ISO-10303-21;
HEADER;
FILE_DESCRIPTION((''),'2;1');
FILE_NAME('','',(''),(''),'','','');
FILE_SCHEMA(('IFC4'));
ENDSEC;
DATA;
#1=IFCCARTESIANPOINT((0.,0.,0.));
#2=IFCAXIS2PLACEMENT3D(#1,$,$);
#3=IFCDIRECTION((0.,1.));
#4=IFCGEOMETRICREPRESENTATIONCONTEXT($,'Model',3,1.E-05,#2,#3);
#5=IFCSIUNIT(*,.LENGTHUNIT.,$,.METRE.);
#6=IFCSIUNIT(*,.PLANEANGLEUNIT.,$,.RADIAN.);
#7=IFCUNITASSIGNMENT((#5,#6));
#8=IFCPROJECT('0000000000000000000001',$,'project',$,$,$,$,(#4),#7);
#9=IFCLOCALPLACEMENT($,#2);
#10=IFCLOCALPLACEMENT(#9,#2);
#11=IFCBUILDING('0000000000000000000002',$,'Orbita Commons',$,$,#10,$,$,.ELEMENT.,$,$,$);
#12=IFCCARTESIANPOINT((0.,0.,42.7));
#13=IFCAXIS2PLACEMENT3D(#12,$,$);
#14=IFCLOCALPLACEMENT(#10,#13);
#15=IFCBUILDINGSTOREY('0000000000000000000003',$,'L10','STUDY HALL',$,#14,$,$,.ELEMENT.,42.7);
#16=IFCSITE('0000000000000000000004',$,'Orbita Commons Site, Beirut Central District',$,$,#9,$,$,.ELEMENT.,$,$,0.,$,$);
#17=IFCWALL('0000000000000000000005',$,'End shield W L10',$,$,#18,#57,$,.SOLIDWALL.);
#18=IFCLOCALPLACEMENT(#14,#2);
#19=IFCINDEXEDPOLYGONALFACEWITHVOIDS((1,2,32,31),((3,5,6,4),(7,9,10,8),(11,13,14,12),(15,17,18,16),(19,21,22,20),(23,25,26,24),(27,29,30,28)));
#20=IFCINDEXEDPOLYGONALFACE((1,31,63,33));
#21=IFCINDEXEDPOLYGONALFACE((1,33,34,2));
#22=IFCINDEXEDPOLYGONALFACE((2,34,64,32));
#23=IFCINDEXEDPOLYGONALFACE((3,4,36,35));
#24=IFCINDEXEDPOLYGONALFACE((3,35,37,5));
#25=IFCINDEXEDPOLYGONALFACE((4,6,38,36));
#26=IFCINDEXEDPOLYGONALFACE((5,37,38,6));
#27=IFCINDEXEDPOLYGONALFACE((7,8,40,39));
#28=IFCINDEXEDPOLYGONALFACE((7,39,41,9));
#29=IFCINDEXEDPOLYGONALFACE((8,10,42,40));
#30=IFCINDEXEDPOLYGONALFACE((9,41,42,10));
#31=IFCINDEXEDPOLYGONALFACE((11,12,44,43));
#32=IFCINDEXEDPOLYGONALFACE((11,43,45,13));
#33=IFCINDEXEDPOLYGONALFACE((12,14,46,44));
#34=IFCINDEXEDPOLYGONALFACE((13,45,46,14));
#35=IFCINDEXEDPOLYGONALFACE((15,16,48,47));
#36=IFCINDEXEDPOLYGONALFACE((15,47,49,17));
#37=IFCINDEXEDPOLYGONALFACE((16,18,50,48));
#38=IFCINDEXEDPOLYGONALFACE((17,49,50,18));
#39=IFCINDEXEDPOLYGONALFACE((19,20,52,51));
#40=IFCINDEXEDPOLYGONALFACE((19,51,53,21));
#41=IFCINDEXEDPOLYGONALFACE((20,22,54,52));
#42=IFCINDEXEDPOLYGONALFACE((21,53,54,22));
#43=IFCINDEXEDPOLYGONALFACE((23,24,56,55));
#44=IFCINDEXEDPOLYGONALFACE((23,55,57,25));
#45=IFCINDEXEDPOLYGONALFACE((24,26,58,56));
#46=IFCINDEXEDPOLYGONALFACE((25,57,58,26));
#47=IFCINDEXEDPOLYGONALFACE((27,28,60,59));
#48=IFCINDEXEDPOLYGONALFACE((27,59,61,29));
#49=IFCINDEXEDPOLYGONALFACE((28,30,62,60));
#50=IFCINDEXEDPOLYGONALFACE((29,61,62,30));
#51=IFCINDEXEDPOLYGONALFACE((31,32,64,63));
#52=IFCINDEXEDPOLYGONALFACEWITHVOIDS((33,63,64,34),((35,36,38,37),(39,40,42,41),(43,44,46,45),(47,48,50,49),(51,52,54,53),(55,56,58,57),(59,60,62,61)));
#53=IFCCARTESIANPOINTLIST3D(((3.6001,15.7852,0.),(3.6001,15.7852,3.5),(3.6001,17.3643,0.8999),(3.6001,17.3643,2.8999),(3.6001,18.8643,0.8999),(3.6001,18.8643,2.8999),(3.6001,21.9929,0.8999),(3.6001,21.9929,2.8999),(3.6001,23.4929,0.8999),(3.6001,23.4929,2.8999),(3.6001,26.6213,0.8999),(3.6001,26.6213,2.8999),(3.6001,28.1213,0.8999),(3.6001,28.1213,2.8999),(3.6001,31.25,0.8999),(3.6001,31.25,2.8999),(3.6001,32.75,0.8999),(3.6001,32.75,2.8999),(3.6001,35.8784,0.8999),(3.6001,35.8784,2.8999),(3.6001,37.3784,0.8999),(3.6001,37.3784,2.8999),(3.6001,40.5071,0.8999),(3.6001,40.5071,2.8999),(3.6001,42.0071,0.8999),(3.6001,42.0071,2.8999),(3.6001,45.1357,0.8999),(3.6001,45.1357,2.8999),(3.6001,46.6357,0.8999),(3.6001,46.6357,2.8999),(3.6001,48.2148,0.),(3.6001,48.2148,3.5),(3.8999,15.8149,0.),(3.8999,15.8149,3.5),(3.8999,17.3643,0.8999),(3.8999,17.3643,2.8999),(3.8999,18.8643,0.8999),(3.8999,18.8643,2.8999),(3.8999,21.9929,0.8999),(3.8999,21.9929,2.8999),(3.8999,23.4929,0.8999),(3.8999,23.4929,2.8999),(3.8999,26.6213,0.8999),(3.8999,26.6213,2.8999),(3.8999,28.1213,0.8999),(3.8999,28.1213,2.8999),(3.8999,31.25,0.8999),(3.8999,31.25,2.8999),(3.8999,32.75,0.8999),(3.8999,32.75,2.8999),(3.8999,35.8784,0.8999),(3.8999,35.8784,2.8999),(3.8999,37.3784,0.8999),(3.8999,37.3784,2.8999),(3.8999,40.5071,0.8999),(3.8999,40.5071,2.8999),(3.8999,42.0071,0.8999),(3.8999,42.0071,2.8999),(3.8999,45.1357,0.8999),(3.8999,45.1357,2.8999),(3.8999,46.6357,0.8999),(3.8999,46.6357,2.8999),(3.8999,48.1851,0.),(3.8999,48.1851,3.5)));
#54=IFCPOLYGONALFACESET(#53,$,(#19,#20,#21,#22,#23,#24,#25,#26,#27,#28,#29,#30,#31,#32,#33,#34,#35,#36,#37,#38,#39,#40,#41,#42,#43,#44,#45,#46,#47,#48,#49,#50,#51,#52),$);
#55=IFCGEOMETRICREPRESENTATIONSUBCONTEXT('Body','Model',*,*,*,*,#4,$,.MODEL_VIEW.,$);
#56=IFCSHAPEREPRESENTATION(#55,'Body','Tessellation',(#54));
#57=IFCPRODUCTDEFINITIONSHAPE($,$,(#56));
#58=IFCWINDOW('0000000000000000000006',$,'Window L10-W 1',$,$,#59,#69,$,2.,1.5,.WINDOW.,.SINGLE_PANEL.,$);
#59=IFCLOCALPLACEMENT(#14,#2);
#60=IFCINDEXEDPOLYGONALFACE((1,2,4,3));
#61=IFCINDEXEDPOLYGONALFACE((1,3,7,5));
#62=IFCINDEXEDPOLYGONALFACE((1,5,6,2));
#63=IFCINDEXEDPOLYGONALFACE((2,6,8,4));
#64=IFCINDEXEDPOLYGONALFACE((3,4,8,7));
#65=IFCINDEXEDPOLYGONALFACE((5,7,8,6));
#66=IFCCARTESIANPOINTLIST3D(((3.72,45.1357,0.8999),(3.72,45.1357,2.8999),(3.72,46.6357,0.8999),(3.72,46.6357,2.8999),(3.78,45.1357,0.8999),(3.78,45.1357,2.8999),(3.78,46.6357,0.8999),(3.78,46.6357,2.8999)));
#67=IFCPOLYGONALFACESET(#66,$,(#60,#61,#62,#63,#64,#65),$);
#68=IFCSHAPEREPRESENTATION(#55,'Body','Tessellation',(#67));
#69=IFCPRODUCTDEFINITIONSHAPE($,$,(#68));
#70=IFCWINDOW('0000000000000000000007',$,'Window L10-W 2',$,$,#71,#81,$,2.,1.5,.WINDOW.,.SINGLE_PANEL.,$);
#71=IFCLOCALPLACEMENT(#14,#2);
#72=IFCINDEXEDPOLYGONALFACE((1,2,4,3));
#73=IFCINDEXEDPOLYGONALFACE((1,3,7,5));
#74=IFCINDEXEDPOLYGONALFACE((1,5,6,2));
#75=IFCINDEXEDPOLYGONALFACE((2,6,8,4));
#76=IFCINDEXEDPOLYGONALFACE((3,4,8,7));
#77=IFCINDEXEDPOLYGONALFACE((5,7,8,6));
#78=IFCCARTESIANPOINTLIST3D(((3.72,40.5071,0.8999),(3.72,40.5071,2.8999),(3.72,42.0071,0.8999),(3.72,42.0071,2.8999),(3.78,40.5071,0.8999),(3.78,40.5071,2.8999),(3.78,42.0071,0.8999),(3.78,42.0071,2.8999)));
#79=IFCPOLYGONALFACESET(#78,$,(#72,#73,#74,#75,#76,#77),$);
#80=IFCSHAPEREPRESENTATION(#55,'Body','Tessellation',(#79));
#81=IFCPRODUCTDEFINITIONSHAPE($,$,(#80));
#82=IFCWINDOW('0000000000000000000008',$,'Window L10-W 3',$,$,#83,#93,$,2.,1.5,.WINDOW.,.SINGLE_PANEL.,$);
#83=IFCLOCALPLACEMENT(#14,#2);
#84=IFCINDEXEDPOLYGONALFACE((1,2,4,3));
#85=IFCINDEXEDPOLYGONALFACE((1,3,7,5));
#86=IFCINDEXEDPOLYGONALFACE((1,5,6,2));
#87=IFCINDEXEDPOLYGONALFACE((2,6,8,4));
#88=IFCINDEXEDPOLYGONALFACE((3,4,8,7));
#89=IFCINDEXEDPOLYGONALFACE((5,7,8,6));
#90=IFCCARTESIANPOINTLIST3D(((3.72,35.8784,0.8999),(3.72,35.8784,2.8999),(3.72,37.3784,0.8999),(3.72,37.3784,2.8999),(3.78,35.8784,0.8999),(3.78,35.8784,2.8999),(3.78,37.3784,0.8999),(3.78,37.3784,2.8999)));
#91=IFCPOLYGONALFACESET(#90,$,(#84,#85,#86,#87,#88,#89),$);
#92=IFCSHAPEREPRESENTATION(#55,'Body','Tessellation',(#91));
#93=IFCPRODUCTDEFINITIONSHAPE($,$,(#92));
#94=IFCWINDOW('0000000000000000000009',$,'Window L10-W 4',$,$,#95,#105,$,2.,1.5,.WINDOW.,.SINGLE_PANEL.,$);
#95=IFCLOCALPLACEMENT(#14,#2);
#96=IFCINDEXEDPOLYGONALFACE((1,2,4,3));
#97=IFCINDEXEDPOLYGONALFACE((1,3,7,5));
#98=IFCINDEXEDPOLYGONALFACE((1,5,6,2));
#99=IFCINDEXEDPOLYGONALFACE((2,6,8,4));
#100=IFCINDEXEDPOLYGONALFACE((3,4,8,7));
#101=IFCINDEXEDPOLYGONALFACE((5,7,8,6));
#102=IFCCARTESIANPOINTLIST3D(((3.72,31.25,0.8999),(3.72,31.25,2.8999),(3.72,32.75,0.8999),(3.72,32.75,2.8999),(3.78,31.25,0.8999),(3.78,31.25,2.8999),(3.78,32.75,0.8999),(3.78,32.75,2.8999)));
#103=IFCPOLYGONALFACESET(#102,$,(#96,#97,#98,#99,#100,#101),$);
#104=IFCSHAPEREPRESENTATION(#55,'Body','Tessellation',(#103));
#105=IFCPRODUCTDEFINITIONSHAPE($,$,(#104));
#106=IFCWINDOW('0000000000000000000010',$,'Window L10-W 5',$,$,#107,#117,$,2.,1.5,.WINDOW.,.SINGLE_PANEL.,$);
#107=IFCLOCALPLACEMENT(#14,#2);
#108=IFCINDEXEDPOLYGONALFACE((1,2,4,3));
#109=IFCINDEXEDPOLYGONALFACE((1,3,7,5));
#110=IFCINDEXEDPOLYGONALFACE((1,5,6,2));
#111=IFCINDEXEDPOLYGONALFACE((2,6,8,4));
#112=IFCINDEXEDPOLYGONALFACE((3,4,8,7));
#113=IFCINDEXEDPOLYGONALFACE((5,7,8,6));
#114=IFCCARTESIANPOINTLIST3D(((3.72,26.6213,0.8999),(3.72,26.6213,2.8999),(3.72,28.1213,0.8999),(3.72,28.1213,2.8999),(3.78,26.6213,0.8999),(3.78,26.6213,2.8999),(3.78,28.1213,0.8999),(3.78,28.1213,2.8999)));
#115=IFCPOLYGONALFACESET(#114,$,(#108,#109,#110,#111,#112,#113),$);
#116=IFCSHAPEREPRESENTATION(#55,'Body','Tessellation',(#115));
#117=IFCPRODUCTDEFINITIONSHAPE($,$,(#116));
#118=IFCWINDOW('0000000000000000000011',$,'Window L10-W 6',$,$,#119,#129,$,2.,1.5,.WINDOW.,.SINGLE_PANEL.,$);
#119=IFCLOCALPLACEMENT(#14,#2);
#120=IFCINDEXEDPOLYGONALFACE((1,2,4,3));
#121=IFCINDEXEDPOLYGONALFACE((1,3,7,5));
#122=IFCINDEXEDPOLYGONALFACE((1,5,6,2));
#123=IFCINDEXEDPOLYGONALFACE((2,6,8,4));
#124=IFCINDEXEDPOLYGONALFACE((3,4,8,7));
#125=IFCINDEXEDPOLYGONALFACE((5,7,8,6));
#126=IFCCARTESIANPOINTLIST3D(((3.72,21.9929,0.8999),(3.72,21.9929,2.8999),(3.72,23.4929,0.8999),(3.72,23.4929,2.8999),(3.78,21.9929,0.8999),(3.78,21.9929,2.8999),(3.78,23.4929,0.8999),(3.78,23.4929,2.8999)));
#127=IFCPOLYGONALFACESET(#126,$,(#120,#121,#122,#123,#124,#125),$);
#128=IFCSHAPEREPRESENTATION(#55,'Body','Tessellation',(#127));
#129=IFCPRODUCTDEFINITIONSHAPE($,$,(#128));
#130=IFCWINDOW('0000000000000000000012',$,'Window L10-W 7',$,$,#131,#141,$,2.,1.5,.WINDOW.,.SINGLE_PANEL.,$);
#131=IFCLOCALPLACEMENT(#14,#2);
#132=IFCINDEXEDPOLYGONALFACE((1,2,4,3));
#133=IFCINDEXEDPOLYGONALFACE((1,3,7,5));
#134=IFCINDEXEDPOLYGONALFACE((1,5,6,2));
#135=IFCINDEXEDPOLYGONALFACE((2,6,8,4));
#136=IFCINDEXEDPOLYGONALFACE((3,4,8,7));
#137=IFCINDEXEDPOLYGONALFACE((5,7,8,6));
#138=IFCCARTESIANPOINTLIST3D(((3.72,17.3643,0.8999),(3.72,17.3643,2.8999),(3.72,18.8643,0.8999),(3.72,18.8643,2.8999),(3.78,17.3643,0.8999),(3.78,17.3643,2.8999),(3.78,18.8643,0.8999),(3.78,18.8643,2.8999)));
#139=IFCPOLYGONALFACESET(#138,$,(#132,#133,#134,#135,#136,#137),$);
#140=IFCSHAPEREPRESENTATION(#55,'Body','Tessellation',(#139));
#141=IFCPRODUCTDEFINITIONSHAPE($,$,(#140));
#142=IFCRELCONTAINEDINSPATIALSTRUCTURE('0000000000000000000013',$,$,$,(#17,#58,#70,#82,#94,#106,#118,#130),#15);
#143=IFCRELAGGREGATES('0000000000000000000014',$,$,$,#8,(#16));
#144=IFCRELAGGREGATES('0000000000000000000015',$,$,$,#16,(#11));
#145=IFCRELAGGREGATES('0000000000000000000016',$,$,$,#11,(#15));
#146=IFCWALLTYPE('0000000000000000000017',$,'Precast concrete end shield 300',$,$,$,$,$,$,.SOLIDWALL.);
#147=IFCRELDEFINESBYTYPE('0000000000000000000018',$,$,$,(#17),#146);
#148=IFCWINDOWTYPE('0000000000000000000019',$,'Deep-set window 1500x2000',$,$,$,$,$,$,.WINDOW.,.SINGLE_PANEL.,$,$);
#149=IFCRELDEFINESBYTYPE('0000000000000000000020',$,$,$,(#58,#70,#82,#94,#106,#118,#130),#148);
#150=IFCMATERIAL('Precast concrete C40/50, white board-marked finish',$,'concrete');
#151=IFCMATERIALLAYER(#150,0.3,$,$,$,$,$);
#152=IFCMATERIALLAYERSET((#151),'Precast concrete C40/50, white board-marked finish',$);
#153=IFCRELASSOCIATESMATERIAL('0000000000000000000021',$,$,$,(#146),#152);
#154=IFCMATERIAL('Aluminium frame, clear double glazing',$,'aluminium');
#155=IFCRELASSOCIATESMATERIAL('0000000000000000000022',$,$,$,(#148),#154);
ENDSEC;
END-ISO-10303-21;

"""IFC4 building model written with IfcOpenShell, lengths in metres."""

from ifc_helpers import new_model, si_unit, direction, frame, frame_2d, origin, place, context, subcontext, project, spatial, polyline, rectangle, outline, extrude, material, layer, layer_set, type_object, element, fill, save


model = new_model("IFC4")

# Units and contexts
model_context = context("Model", 3, precision=1e-05, world=origin(), true_north=direction((0.0, 1.0)))
body_context = subcontext(model_context, "Body", "Model", "MODEL_VIEW")
ifc_project = project(units=[si_unit("LENGTHUNIT", "METRE"), si_unit("PLANEANGLEUNIT", "RADIAN")], contexts=[model_context])

# Site, building, storey
site_placement = place(None, origin())
site = spatial("IfcSite", under=ifc_project, at=site_placement, Name="Orbita Commons Site, Beirut Central District", CompositionType="ELEMENT", RefElevation=0.0)
building_placement = place(site_placement, origin())
building = spatial("IfcBuilding", under=site, at=building_placement, Name="Orbita Commons", CompositionType="ELEMENT")
storey_placement = place(building_placement, frame((0.0, 0.0, 42.7)))
storey = spatial("IfcBuildingStorey", under=building, at=storey_placement, Name="L10", Description="STUDY HALL", CompositionType="ELEMENT", Elevation=42.7)

# Wall, openings, windows
ifc_material_1 = material(Name="Precast concrete C40/50, white board-marked finish", Category="concrete")
ifc_layer_1 = layer(ifc_material_1, 0.3)
ifc_layer_set_1 = layer_set([ifc_layer_1], Name="Precast concrete C40/50, white board-marked finish")
wall_type_1 = type_object("IfcWallType", Name="Precast concrete end shield 300", PredefinedType="SOLIDWALL", material=ifc_layer_set_1)
wall_1_placement = place(storey_placement, frame((3.75, 48.2, 0.0), z_axis=(0.0, 0.0, 1.0), x_axis=(0.0, -1.0, 0.0)))
wall_1 = element("IfcWall", 1, at=wall_1_placement, inside=storey, type_object=wall_type_1, Name="End shield W L10", PredefinedType="SOLIDWALL", context=body_context, shape_type="SweptSolid", body=[
    extrude(outline(polyline([(-0.0149, -0.1499), (32.4148, -0.1499), (32.385, 0.1499), (0.0149, 0.1499), (-0.0149, -0.1499)])), origin(), (0.0, 0.0, 1.0), 3.5),
])
opening_1_placement = place(wall_1_placement, frame((1.5642, 0.0, 0.8999)))
opening_1 = element("IfcOpeningElement", 2, at=opening_1_placement, cuts=wall_1, PredefinedType="OPENING", context=body_context, shape_type="SweptSolid", body=[
    extrude(rectangle(XDim=1.5, YDim=2.0, at=frame_2d((0.75, 1.0))), frame((0.0, 0.1599, 0.0), z_axis=(0.0, -1.0, 0.0), x_axis=(1.0, 0.0, 0.0)), (0.0, 0.0, 1.0), 0.3201),
])
opening_2_placement = place(wall_1_placement, frame((6.1929, 0.0, 0.8999)))
opening_2 = element("IfcOpeningElement", 3, at=opening_2_placement, cuts=wall_1, PredefinedType="OPENING", context=body_context, shape_type="SweptSolid", body=[
    extrude(rectangle(XDim=1.5, YDim=2.0, at=frame_2d((0.75, 1.0))), frame((0.0, 0.1599, 0.0), z_axis=(0.0, -1.0, 0.0), x_axis=(1.0, 0.0, 0.0)), (0.0, 0.0, 1.0), 0.3201),
])
opening_3_placement = place(wall_1_placement, frame((10.8215, 0.0, 0.8999)))
opening_3 = element("IfcOpeningElement", 4, at=opening_3_placement, cuts=wall_1, PredefinedType="OPENING", context=body_context, shape_type="SweptSolid", body=[
    extrude(rectangle(XDim=1.5, YDim=2.0, at=frame_2d((0.75, 1.0))), frame((0.0, 0.1599, 0.0), z_axis=(0.0, -1.0, 0.0), x_axis=(1.0, 0.0, 0.0)), (0.0, 0.0, 1.0), 0.3201),
])
opening_4_placement = place(wall_1_placement, frame((15.45, 0.0, 0.8999)))
opening_4 = element("IfcOpeningElement", 5, at=opening_4_placement, cuts=wall_1, PredefinedType="OPENING", context=body_context, shape_type="SweptSolid", body=[
    extrude(rectangle(XDim=1.5, YDim=2.0, at=frame_2d((0.75, 1.0))), frame((0.0, 0.1599, 0.0), z_axis=(0.0, -1.0, 0.0), x_axis=(1.0, 0.0, 0.0)), (0.0, 0.0, 1.0), 0.3201),
])
opening_5_placement = place(wall_1_placement, frame((20.0786, 0.0, 0.8999)))
opening_5 = element("IfcOpeningElement", 6, at=opening_5_placement, cuts=wall_1, PredefinedType="OPENING", context=body_context, shape_type="SweptSolid", body=[
    extrude(rectangle(XDim=1.5, YDim=2.0, at=frame_2d((0.75, 1.0))), frame((0.0, 0.1599, 0.0), z_axis=(0.0, -1.0, 0.0), x_axis=(1.0, 0.0, 0.0)), (0.0, 0.0, 1.0), 0.3201),
])
opening_6_placement = place(wall_1_placement, frame((24.707, 0.0, 0.8999)))
opening_6 = element("IfcOpeningElement", 7, at=opening_6_placement, cuts=wall_1, PredefinedType="OPENING", context=body_context, shape_type="SweptSolid", body=[
    extrude(rectangle(XDim=1.5, YDim=2.0, at=frame_2d((0.75, 1.0))), frame((0.0, 0.1599, 0.0), z_axis=(0.0, -1.0, 0.0), x_axis=(1.0, 0.0, 0.0)), (0.0, 0.0, 1.0), 0.3201),
])
opening_7_placement = place(wall_1_placement, frame((29.3357, 0.0, 0.8999)))
opening_7 = element("IfcOpeningElement", 8, at=opening_7_placement, cuts=wall_1, PredefinedType="OPENING", context=body_context, shape_type="SweptSolid", body=[
    extrude(rectangle(XDim=1.5, YDim=2.0, at=frame_2d((0.75, 1.0))), frame((0.0, 0.1599, 0.0), z_axis=(0.0, -1.0, 0.0), x_axis=(1.0, 0.0, 0.0)), (0.0, 0.0, 1.0), 0.3201),
])
ifc_material_2 = material(Name="Aluminium frame, clear double glazing", Category="aluminium")
window_type = type_object("IfcWindowType", Name="Deep-set window 1500x2000", PartitioningType="SINGLE_PANEL", PredefinedType="WINDOW", material=ifc_material_2)
window_1_placement = place(opening_1_placement, origin())
window_1 = element("IfcWindow", 9, at=window_1_placement, inside=storey, type_object=window_type, Name="Window L10-W 1", OverallHeight=2.0, OverallWidth=1.5, PartitioningType="SINGLE_PANEL", PredefinedType="WINDOW", context=body_context, shape_type="SweptSolid", body=[
    extrude(rectangle(XDim=1.5, YDim=2.0, at=frame_2d((0.75, 1.0))), frame((0.0, 0.03, 0.0), z_axis=(0.0, -1.0, 0.0), x_axis=(1.0, 0.0, 0.0)), (0.0, 0.0, 1.0), 0.0601),
])
fill(opening_1, window_1)
window_2_placement = place(opening_2_placement, origin())
window_2 = element("IfcWindow", 10, at=window_2_placement, inside=storey, type_object=window_type, Name="Window L10-W 2", OverallHeight=2.0, OverallWidth=1.5, PartitioningType="SINGLE_PANEL", PredefinedType="WINDOW", context=body_context, shape_type="SweptSolid", body=[
    extrude(rectangle(XDim=1.5, YDim=2.0, at=frame_2d((0.75, 1.0))), frame((0.0, 0.03, 0.0), z_axis=(0.0, -1.0, 0.0), x_axis=(1.0, 0.0, 0.0)), (0.0, 0.0, 1.0), 0.0601),
])
fill(opening_2, window_2)
window_3_placement = place(opening_3_placement, origin())
window_3 = element("IfcWindow", 11, at=window_3_placement, inside=storey, type_object=window_type, Name="Window L10-W 3", OverallHeight=2.0, OverallWidth=1.5, PartitioningType="SINGLE_PANEL", PredefinedType="WINDOW", context=body_context, shape_type="SweptSolid", body=[
    extrude(rectangle(XDim=1.5, YDim=2.0, at=frame_2d((0.75, 1.0))), frame((0.0, 0.03, 0.0), z_axis=(0.0, -1.0, 0.0), x_axis=(1.0, 0.0, 0.0)), (0.0, 0.0, 1.0), 0.0601),
])
fill(opening_3, window_3)
window_4_placement = place(opening_4_placement, origin())
window_4 = element("IfcWindow", 12, at=window_4_placement, inside=storey, type_object=window_type, Name="Window L10-W 4", OverallHeight=2.0, OverallWidth=1.5, PartitioningType="SINGLE_PANEL", PredefinedType="WINDOW", context=body_context, shape_type="SweptSolid", body=[
    extrude(rectangle(XDim=1.5, YDim=2.0, at=frame_2d((0.75, 1.0))), frame((0.0, 0.03, 0.0), z_axis=(0.0, -1.0, 0.0), x_axis=(1.0, 0.0, 0.0)), (0.0, 0.0, 1.0), 0.0601),
])
fill(opening_4, window_4)
window_5_placement = place(opening_5_placement, origin())
window_5 = element("IfcWindow", 13, at=window_5_placement, inside=storey, type_object=window_type, Name="Window L10-W 5", OverallHeight=2.0, OverallWidth=1.5, PartitioningType="SINGLE_PANEL", PredefinedType="WINDOW", context=body_context, shape_type="SweptSolid", body=[
    extrude(rectangle(XDim=1.5, YDim=2.0, at=frame_2d((0.75, 1.0))), frame((0.0, 0.03, 0.0), z_axis=(0.0, -1.0, 0.0), x_axis=(1.0, 0.0, 0.0)), (0.0, 0.0, 1.0), 0.0601),
])
fill(opening_5, window_5)
window_6_placement = place(opening_6_placement, origin())
window_6 = element("IfcWindow", 14, at=window_6_placement, inside=storey, type_object=window_type, Name="Window L10-W 6", OverallHeight=2.0, OverallWidth=1.5, PartitioningType="SINGLE_PANEL", PredefinedType="WINDOW", context=body_context, shape_type="SweptSolid", body=[
    extrude(rectangle(XDim=1.5, YDim=2.0, at=frame_2d((0.75, 1.0))), frame((0.0, 0.03, 0.0), z_axis=(0.0, -1.0, 0.0), x_axis=(1.0, 0.0, 0.0)), (0.0, 0.0, 1.0), 0.0601),
])
fill(opening_6, window_6)
window_7_placement = place(opening_7_placement, origin())
window_7 = element("IfcWindow", 15, at=window_7_placement, inside=storey, type_object=window_type, Name="Window L10-W 7", OverallHeight=2.0, OverallWidth=1.5, PartitioningType="SINGLE_PANEL", PredefinedType="WINDOW", context=body_context, shape_type="SweptSolid", body=[
    extrude(rectangle(XDim=1.5, YDim=2.0, at=frame_2d((0.75, 1.0))), frame((0.0, 0.03, 0.0), z_axis=(0.0, -1.0, 0.0), x_axis=(1.0, 0.0, 0.0)), (0.0, 0.0, 1.0), 0.0601),
])
fill(opening_7, window_7)

save(model, "model.ifc")
